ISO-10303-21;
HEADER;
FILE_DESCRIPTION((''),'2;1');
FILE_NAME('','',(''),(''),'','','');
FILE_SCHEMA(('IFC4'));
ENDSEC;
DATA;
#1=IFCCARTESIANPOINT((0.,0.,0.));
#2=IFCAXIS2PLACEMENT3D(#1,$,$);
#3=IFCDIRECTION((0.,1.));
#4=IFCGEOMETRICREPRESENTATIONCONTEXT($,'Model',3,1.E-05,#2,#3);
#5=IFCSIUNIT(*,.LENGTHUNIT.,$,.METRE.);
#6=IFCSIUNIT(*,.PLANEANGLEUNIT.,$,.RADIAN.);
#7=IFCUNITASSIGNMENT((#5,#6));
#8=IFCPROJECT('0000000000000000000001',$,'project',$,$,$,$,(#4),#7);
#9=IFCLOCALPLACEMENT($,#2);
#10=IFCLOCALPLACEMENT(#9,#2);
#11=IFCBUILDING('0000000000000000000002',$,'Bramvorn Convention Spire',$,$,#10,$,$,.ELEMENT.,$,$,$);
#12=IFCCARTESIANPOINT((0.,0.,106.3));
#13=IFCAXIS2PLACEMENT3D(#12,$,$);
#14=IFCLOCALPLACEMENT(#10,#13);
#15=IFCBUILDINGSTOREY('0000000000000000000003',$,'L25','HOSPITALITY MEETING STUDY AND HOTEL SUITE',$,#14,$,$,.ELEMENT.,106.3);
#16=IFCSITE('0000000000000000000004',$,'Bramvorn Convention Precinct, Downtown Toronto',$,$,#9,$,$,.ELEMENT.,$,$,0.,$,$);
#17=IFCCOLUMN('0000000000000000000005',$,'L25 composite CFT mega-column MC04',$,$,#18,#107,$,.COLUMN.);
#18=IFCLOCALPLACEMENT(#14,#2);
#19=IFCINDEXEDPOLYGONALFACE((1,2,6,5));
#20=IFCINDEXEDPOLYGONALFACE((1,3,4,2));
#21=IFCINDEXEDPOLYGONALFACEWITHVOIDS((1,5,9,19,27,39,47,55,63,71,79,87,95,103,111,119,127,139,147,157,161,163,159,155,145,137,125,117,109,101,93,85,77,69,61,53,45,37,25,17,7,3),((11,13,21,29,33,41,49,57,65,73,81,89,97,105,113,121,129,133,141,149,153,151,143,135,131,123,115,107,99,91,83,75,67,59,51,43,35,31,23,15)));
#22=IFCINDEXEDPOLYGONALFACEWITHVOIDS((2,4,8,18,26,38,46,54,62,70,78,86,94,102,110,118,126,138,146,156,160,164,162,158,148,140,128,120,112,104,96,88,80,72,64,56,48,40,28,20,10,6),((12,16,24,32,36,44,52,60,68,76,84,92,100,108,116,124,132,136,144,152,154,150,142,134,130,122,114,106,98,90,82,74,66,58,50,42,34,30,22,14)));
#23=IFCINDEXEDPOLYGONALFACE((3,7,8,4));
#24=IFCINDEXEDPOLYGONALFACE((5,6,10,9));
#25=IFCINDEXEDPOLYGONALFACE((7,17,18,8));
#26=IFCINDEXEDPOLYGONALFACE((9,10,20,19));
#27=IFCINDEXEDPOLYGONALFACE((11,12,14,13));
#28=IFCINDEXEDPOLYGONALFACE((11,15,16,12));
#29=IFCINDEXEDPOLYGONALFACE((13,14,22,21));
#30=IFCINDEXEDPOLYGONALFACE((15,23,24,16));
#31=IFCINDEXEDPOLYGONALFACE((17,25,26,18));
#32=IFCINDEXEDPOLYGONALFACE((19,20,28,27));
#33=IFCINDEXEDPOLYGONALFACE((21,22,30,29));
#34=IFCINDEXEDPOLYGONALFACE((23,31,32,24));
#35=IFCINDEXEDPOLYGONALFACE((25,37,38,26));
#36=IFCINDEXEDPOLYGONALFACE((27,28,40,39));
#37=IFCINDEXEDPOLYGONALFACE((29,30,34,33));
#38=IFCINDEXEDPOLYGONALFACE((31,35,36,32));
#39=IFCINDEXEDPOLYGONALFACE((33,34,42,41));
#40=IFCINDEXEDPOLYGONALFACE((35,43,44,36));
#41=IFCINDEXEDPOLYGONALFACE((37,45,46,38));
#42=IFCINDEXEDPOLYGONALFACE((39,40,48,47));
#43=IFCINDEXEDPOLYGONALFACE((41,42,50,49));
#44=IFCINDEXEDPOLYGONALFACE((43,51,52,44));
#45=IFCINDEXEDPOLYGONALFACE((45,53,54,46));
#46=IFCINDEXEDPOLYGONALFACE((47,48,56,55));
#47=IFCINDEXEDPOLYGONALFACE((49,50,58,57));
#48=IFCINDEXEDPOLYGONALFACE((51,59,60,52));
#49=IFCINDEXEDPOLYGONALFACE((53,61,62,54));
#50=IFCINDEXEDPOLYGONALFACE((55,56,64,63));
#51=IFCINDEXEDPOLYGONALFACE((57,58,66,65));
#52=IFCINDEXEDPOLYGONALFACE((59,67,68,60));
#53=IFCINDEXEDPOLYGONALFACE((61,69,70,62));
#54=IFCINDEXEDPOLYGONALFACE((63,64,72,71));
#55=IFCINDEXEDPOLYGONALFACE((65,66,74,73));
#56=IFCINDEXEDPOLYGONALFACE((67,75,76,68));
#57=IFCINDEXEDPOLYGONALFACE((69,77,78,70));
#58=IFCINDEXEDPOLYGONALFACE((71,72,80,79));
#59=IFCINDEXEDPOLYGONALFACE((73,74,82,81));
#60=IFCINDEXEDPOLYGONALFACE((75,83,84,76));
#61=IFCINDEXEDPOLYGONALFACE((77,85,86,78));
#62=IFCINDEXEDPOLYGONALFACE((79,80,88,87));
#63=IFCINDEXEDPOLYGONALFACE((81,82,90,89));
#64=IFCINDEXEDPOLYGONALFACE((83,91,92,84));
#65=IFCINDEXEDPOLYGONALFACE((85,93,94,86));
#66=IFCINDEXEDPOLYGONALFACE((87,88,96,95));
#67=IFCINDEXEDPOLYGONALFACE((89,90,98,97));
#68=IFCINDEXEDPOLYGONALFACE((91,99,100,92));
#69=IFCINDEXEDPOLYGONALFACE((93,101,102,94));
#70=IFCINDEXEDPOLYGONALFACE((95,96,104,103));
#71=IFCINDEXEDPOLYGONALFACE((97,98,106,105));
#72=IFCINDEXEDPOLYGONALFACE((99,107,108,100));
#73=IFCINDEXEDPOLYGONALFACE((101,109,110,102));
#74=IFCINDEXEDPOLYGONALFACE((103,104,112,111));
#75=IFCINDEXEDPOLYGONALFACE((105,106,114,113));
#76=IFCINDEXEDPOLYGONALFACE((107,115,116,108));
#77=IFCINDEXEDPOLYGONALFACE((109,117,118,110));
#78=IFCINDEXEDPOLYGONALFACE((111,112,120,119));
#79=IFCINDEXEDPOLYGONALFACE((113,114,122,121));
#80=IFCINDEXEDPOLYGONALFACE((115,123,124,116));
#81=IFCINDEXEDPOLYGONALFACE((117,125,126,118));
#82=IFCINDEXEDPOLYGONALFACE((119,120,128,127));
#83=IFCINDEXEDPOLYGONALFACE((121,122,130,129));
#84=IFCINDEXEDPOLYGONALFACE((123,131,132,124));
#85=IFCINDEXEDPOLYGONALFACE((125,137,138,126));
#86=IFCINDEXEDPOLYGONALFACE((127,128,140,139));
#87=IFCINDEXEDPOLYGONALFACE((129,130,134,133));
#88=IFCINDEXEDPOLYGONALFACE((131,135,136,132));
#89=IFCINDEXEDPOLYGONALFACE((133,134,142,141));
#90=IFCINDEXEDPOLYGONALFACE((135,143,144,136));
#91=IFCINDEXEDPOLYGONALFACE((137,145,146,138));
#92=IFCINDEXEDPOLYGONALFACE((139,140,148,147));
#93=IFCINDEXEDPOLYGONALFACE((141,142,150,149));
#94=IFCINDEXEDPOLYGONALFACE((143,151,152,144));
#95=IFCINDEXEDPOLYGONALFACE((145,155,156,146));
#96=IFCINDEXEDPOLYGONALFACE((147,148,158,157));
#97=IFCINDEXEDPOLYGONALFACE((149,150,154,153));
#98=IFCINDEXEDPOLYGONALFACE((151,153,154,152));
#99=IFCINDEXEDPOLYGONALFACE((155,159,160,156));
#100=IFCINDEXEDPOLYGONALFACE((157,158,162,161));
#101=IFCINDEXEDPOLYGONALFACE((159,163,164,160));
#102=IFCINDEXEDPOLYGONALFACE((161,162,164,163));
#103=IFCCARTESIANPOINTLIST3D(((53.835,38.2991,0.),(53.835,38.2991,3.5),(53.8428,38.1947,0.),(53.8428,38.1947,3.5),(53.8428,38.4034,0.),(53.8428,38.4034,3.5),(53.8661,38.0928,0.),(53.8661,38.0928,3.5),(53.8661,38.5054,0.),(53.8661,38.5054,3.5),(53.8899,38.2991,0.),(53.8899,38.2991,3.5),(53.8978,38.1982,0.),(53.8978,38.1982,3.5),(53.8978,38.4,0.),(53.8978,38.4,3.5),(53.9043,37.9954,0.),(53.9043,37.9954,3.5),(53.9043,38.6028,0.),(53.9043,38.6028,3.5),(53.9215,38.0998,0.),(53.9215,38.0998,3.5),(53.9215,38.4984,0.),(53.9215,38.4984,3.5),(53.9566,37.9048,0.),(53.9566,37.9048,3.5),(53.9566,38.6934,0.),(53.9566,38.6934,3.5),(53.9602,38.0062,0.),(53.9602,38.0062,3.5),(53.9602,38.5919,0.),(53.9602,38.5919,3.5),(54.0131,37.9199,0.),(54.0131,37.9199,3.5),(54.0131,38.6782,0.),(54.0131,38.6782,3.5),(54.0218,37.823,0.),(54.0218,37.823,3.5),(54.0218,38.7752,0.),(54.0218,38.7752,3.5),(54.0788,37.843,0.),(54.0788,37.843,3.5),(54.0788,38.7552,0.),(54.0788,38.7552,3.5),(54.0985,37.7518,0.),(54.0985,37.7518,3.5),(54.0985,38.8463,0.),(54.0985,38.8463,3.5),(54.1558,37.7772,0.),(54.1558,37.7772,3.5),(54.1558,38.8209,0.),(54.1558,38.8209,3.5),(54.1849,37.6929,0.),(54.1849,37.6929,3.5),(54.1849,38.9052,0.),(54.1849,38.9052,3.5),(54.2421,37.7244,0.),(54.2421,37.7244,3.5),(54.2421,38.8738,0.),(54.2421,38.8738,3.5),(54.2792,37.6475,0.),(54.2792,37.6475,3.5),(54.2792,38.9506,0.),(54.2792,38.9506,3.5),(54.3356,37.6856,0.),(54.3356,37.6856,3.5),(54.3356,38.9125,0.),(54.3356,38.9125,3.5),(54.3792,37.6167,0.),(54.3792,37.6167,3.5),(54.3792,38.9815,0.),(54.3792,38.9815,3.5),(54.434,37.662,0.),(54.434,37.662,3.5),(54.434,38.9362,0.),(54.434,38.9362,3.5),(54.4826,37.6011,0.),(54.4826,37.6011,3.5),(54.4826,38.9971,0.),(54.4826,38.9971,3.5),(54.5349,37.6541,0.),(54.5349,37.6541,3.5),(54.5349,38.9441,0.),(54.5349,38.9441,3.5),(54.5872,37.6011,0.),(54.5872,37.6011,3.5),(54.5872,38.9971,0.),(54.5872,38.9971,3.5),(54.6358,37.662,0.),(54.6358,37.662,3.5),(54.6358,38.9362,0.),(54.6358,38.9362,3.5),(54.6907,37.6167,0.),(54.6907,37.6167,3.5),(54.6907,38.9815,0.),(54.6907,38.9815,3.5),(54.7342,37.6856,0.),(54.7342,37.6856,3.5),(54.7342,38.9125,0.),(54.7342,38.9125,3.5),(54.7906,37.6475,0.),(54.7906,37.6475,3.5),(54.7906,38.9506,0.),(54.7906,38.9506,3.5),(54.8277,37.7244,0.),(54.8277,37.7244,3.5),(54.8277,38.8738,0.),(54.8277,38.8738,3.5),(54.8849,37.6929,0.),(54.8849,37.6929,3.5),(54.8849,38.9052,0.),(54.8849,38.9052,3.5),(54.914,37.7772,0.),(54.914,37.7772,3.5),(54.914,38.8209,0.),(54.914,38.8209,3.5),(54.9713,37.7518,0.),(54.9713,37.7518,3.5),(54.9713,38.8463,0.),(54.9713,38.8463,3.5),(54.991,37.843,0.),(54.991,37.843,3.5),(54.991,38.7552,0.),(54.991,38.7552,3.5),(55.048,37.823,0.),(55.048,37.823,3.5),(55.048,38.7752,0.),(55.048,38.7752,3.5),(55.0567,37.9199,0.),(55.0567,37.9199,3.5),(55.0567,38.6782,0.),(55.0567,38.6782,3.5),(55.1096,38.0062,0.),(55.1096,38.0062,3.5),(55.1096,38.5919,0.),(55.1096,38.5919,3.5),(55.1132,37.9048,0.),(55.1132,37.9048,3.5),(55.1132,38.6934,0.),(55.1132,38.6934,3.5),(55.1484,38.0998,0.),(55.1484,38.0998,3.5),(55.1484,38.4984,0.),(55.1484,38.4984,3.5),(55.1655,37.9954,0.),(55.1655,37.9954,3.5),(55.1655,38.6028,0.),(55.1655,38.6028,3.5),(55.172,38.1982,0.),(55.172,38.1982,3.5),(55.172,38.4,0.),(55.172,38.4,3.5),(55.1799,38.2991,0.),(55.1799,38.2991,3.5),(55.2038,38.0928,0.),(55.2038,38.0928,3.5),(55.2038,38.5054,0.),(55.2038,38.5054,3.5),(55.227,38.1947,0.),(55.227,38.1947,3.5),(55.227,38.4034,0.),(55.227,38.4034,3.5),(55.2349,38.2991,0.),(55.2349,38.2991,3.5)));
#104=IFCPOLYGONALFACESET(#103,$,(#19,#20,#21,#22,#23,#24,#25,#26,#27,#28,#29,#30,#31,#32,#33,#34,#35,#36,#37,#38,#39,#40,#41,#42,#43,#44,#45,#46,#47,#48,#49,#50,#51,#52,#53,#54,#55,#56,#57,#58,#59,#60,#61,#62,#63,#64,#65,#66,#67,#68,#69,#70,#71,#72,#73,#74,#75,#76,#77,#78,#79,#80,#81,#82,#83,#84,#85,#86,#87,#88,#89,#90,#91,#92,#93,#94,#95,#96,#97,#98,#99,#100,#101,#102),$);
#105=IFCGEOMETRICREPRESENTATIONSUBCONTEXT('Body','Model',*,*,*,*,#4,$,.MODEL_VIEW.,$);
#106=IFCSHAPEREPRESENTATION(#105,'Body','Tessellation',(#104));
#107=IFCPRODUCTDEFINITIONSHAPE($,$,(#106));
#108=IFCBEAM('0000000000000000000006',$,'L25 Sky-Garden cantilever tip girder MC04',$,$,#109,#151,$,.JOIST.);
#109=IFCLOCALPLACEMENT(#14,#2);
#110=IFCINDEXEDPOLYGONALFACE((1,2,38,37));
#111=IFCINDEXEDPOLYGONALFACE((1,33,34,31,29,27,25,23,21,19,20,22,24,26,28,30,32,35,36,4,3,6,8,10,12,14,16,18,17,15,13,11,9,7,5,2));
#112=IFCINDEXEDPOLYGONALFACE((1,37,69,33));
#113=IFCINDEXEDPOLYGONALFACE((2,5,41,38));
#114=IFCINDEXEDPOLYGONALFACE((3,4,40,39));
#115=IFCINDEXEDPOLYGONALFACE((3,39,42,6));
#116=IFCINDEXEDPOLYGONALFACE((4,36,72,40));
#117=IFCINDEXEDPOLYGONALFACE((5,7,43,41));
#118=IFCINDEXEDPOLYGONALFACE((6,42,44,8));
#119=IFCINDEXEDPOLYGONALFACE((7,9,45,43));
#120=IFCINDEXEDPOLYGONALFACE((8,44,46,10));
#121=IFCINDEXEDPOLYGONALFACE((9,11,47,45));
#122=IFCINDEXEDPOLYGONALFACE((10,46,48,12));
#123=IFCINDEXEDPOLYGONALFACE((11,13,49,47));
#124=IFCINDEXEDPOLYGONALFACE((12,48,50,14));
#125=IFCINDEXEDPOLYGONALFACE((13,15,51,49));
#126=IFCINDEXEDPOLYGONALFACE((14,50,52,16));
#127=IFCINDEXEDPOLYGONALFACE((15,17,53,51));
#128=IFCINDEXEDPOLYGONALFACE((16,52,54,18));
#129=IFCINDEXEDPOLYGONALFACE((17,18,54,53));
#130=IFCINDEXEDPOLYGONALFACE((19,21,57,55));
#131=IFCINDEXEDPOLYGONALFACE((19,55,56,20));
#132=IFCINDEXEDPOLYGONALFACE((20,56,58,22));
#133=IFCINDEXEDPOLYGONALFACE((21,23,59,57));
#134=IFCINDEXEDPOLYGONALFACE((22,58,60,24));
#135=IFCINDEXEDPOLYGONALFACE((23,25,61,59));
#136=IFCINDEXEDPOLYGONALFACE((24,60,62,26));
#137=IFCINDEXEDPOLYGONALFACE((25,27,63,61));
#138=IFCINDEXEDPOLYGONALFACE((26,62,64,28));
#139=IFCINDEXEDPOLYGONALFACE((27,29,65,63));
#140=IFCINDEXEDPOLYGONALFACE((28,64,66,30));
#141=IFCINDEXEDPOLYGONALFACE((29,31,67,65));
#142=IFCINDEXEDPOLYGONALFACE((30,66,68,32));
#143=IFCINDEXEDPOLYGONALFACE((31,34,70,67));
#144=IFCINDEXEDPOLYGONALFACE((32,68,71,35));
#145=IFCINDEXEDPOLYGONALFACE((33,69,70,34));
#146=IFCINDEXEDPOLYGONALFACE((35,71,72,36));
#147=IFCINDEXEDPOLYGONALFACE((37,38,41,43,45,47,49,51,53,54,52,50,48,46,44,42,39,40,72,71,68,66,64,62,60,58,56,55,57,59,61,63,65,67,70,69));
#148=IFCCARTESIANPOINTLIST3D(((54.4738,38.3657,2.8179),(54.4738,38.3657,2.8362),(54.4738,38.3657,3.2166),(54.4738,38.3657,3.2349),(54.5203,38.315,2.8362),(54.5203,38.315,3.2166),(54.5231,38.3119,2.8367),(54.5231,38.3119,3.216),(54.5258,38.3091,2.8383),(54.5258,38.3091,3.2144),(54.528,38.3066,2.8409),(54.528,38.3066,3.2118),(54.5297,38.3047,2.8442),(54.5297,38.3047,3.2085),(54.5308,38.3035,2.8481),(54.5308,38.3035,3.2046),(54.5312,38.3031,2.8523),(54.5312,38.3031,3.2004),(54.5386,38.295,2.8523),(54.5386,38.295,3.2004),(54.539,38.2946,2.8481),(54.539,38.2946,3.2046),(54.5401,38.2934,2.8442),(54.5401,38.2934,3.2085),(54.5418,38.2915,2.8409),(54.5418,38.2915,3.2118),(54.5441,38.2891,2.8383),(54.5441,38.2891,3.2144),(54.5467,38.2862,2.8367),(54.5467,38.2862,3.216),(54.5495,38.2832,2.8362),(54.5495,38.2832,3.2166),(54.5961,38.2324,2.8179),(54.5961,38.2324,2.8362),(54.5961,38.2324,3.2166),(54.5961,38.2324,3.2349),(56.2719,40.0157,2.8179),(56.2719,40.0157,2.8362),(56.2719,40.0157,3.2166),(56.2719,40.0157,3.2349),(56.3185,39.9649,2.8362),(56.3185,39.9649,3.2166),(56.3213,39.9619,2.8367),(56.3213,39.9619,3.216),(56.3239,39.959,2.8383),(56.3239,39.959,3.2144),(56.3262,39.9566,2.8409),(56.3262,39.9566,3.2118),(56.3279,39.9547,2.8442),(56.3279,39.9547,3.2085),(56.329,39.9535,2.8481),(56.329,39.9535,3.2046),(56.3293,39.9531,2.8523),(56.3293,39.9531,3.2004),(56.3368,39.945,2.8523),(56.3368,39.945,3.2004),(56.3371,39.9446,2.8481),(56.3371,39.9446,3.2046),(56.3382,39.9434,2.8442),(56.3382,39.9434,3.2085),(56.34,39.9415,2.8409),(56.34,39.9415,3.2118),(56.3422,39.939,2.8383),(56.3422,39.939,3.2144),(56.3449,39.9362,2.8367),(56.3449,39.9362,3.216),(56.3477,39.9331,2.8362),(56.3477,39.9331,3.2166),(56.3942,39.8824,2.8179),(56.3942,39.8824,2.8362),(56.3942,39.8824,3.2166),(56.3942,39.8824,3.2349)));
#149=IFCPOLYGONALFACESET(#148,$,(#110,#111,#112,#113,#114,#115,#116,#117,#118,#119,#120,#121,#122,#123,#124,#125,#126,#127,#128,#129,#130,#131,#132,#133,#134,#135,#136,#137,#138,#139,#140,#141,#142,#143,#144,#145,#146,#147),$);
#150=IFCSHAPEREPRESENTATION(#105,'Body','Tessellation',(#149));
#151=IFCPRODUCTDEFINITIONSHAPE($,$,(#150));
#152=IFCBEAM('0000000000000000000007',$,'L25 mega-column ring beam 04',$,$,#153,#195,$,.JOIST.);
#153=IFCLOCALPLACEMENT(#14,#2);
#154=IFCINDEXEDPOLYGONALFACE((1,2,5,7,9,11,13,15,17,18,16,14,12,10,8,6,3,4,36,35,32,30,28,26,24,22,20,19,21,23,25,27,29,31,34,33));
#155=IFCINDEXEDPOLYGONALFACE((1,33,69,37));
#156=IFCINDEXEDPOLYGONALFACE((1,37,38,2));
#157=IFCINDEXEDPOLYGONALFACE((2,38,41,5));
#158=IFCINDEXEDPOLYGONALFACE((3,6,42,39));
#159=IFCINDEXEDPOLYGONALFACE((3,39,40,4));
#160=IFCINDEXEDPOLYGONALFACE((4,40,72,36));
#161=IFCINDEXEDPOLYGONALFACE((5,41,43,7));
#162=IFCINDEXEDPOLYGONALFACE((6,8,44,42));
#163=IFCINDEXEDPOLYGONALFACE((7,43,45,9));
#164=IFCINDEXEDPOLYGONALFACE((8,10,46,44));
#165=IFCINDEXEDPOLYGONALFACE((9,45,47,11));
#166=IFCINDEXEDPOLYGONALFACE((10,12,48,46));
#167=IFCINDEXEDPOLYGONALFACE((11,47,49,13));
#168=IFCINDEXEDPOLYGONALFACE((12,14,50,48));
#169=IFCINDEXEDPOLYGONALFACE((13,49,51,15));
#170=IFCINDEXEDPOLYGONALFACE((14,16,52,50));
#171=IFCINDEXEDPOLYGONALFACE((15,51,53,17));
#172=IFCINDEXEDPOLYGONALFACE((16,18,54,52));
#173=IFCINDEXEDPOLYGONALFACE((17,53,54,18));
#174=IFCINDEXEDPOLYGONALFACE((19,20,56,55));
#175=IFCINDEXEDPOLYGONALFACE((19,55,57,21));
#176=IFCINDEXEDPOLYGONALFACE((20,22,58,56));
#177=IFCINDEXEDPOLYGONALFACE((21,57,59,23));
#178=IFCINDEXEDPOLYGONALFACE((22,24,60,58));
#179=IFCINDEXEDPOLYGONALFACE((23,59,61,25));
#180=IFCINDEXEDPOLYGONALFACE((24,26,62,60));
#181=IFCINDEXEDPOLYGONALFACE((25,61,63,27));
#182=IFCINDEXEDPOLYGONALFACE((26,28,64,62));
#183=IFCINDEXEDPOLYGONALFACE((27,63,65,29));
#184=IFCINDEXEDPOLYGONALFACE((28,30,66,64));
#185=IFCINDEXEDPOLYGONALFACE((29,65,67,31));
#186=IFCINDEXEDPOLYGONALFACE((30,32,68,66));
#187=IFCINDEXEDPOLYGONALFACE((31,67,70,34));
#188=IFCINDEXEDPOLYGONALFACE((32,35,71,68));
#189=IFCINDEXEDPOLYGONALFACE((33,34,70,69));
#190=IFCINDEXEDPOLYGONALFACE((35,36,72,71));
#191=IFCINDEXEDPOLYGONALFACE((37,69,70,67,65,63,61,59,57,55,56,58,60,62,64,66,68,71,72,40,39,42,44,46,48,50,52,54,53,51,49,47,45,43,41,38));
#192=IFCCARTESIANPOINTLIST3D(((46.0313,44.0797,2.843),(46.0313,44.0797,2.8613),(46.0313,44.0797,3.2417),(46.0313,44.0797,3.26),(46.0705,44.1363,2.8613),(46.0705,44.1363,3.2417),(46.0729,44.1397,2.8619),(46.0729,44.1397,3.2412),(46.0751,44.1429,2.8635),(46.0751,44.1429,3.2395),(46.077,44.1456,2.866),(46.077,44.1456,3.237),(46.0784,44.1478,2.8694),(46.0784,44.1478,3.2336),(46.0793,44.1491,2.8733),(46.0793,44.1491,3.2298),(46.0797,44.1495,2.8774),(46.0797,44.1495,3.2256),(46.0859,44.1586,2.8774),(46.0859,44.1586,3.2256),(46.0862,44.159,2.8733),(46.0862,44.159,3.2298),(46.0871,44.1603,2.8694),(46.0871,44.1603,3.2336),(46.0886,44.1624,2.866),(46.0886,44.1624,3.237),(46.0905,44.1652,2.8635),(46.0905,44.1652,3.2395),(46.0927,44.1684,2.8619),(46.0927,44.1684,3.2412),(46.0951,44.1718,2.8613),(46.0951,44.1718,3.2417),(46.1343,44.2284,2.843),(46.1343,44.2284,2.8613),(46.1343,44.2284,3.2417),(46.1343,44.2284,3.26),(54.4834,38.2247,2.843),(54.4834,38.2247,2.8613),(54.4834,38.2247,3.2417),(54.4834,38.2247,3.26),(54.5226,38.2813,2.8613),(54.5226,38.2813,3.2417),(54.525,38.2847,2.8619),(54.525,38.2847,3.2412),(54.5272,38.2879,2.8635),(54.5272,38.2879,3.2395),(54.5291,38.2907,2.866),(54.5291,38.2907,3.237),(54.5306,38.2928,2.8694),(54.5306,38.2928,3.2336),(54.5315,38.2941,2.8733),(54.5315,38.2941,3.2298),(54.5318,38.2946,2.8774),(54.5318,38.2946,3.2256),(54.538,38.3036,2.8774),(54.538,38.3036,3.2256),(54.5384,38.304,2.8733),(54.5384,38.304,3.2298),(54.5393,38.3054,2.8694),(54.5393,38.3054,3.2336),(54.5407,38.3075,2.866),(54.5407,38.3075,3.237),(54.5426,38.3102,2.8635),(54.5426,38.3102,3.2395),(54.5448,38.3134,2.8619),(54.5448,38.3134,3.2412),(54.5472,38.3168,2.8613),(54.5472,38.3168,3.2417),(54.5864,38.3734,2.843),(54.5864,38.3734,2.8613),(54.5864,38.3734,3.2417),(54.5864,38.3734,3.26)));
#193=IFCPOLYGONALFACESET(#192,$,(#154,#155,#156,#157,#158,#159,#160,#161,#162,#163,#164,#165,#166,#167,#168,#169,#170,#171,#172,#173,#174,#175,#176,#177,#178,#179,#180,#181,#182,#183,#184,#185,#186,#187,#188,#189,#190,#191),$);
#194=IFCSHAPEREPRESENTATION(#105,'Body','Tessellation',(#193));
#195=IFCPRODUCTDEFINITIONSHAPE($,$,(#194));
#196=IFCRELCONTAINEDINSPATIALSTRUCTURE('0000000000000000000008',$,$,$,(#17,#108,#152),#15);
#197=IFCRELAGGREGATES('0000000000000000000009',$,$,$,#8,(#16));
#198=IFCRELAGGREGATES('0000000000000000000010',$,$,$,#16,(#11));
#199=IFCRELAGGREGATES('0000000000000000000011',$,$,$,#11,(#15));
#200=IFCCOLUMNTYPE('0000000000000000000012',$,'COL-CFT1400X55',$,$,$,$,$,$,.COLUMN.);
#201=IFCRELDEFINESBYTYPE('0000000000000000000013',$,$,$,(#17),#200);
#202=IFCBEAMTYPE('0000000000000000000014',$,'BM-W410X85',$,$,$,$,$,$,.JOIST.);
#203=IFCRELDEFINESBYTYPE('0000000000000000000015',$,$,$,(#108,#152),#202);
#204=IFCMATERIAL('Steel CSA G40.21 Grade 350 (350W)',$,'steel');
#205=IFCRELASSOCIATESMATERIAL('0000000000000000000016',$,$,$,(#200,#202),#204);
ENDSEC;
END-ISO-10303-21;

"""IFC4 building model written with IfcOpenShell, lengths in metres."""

from ifc_helpers import new_model, si_unit, direction, frame, origin, origin_2d, place, context, subcontext, project, spatial, hollow_circle, i_section, extrude, material, material_profile, profile_set, type_object, element, save


model = new_model("IFC4")

# Units and contexts
model_context = context("Model", 3, precision=1e-05, world=origin(), true_north=direction((0.0, 1.0)))
body_context = subcontext(model_context, "Body", "Model", "MODEL_VIEW")
ifc_project = project(units=[si_unit("LENGTHUNIT", "METRE"), si_unit("PLANEANGLEUNIT", "RADIAN")], contexts=[model_context])

# Site, building, storey
site_placement = place(None, origin())
site = spatial("IfcSite", under=ifc_project, at=site_placement, Name="Bramvorn Convention Precinct, Downtown Toronto", CompositionType="ELEMENT", RefElevation=0.0)
building_placement = place(site_placement, origin())
building = spatial("IfcBuilding", under=site, at=building_placement, Name="Bramvorn Convention Spire", CompositionType="ELEMENT")
storey_placement = place(building_placement, frame((0.0, 0.0, 106.3)))
storey = spatial("IfcBuildingStorey", under=building, at=storey_placement, Name="L25", Description="HOSPITALITY MEETING STUDY AND HOTEL SUITE", CompositionType="ELEMENT", Elevation=106.3)

# Column
ifc_material_1 = material(Name="Steel CSA G40.21 Grade 350 (350W)", Category="steel")
ifc_material_profile_1 = material_profile(ifc_material_1, hollow_circle(Radius=0.7, WallThickness=0.0549, at=origin_2d()))
ifc_profile_set_1 = profile_set([ifc_material_profile_1], Name="Steel CSA G40.21 Grade 350 (350W) - CFT1400X55")
column_type = type_object("IfcColumnType", Name="COL-CFT1400X55", PredefinedType="COLUMN", material=ifc_profile_set_1)
column_placement = place(storey_placement, frame((54.5349, 38.2991, 0.0), z_axis=(0.0, 0.0, 1.0), x_axis=(1.0, 0.0, 0.0)))
element("IfcColumn", 1, at=column_placement, inside=storey, type_object=column_type, Name="L25 composite CFT mega-column MC04", PredefinedType="COLUMN", context=body_context, shape_type="SweptSolid", body=[
    extrude(hollow_circle(Radius=0.7, WallThickness=0.0549, at=origin_2d()), origin(), (0.0, 0.0, 1.0), 3.5),
])

# Beams
ifc_material_profile_2 = material_profile(ifc_material_1, i_section(OverallWidth=0.1809, OverallDepth=0.417, WebThickness=0.011, FlangeThickness=0.0183, FilletRadius=0.0161, at=origin_2d()))
ifc_profile_set_2 = profile_set([ifc_material_profile_2], Name="Steel CSA G40.21 Grade 350 (350W) - W410X85")
beam_type = type_object("IfcBeamType", Name="BM-W410X85", PredefinedType="JOIST", material=ifc_profile_set_2)
beam_1_placement = place(storey_placement, frame((54.5349, 38.2991, 3.0264), z_axis=(0.736818, 0.676091, 0.0), x_axis=(-0.676091, 0.736818, 0.0)))
element("IfcBeam", 2, at=beam_1_placement, inside=storey, type_object=beam_type, Name="L25 Sky-Garden cantilever tip girder MC04", PredefinedType="JOIST", context=body_context, shape_type="SweptSolid", body=[
    extrude(i_section(OverallWidth=0.1809, OverallDepth=0.417, WebThickness=0.011, FlangeThickness=0.0183, FilletRadius=0.0161, at=origin_2d()), origin(), (0.0, 0.0, 1.0), 2.4404),
])
beam_2_placement = place(storey_placement, frame((54.5349, 38.2991, 3.0515), z_axis=(-0.822033, 0.56944, 0.0), x_axis=(-0.56944, -0.822033, 0.0)))
element("IfcBeam", 3, at=beam_2_placement, inside=storey, type_object=beam_type, Name="L25 mega-column ring beam 04", PredefinedType="JOIST", context=body_context, shape_type="SweptSolid", body=[
    extrude(i_section(OverallWidth=0.1809, OverallDepth=0.417, WebThickness=0.011, FlangeThickness=0.0183, FilletRadius=0.0161, at=origin_2d()), origin(), (0.0, 0.0, 1.0), 10.282),
])

save(model, "model.ifc")
